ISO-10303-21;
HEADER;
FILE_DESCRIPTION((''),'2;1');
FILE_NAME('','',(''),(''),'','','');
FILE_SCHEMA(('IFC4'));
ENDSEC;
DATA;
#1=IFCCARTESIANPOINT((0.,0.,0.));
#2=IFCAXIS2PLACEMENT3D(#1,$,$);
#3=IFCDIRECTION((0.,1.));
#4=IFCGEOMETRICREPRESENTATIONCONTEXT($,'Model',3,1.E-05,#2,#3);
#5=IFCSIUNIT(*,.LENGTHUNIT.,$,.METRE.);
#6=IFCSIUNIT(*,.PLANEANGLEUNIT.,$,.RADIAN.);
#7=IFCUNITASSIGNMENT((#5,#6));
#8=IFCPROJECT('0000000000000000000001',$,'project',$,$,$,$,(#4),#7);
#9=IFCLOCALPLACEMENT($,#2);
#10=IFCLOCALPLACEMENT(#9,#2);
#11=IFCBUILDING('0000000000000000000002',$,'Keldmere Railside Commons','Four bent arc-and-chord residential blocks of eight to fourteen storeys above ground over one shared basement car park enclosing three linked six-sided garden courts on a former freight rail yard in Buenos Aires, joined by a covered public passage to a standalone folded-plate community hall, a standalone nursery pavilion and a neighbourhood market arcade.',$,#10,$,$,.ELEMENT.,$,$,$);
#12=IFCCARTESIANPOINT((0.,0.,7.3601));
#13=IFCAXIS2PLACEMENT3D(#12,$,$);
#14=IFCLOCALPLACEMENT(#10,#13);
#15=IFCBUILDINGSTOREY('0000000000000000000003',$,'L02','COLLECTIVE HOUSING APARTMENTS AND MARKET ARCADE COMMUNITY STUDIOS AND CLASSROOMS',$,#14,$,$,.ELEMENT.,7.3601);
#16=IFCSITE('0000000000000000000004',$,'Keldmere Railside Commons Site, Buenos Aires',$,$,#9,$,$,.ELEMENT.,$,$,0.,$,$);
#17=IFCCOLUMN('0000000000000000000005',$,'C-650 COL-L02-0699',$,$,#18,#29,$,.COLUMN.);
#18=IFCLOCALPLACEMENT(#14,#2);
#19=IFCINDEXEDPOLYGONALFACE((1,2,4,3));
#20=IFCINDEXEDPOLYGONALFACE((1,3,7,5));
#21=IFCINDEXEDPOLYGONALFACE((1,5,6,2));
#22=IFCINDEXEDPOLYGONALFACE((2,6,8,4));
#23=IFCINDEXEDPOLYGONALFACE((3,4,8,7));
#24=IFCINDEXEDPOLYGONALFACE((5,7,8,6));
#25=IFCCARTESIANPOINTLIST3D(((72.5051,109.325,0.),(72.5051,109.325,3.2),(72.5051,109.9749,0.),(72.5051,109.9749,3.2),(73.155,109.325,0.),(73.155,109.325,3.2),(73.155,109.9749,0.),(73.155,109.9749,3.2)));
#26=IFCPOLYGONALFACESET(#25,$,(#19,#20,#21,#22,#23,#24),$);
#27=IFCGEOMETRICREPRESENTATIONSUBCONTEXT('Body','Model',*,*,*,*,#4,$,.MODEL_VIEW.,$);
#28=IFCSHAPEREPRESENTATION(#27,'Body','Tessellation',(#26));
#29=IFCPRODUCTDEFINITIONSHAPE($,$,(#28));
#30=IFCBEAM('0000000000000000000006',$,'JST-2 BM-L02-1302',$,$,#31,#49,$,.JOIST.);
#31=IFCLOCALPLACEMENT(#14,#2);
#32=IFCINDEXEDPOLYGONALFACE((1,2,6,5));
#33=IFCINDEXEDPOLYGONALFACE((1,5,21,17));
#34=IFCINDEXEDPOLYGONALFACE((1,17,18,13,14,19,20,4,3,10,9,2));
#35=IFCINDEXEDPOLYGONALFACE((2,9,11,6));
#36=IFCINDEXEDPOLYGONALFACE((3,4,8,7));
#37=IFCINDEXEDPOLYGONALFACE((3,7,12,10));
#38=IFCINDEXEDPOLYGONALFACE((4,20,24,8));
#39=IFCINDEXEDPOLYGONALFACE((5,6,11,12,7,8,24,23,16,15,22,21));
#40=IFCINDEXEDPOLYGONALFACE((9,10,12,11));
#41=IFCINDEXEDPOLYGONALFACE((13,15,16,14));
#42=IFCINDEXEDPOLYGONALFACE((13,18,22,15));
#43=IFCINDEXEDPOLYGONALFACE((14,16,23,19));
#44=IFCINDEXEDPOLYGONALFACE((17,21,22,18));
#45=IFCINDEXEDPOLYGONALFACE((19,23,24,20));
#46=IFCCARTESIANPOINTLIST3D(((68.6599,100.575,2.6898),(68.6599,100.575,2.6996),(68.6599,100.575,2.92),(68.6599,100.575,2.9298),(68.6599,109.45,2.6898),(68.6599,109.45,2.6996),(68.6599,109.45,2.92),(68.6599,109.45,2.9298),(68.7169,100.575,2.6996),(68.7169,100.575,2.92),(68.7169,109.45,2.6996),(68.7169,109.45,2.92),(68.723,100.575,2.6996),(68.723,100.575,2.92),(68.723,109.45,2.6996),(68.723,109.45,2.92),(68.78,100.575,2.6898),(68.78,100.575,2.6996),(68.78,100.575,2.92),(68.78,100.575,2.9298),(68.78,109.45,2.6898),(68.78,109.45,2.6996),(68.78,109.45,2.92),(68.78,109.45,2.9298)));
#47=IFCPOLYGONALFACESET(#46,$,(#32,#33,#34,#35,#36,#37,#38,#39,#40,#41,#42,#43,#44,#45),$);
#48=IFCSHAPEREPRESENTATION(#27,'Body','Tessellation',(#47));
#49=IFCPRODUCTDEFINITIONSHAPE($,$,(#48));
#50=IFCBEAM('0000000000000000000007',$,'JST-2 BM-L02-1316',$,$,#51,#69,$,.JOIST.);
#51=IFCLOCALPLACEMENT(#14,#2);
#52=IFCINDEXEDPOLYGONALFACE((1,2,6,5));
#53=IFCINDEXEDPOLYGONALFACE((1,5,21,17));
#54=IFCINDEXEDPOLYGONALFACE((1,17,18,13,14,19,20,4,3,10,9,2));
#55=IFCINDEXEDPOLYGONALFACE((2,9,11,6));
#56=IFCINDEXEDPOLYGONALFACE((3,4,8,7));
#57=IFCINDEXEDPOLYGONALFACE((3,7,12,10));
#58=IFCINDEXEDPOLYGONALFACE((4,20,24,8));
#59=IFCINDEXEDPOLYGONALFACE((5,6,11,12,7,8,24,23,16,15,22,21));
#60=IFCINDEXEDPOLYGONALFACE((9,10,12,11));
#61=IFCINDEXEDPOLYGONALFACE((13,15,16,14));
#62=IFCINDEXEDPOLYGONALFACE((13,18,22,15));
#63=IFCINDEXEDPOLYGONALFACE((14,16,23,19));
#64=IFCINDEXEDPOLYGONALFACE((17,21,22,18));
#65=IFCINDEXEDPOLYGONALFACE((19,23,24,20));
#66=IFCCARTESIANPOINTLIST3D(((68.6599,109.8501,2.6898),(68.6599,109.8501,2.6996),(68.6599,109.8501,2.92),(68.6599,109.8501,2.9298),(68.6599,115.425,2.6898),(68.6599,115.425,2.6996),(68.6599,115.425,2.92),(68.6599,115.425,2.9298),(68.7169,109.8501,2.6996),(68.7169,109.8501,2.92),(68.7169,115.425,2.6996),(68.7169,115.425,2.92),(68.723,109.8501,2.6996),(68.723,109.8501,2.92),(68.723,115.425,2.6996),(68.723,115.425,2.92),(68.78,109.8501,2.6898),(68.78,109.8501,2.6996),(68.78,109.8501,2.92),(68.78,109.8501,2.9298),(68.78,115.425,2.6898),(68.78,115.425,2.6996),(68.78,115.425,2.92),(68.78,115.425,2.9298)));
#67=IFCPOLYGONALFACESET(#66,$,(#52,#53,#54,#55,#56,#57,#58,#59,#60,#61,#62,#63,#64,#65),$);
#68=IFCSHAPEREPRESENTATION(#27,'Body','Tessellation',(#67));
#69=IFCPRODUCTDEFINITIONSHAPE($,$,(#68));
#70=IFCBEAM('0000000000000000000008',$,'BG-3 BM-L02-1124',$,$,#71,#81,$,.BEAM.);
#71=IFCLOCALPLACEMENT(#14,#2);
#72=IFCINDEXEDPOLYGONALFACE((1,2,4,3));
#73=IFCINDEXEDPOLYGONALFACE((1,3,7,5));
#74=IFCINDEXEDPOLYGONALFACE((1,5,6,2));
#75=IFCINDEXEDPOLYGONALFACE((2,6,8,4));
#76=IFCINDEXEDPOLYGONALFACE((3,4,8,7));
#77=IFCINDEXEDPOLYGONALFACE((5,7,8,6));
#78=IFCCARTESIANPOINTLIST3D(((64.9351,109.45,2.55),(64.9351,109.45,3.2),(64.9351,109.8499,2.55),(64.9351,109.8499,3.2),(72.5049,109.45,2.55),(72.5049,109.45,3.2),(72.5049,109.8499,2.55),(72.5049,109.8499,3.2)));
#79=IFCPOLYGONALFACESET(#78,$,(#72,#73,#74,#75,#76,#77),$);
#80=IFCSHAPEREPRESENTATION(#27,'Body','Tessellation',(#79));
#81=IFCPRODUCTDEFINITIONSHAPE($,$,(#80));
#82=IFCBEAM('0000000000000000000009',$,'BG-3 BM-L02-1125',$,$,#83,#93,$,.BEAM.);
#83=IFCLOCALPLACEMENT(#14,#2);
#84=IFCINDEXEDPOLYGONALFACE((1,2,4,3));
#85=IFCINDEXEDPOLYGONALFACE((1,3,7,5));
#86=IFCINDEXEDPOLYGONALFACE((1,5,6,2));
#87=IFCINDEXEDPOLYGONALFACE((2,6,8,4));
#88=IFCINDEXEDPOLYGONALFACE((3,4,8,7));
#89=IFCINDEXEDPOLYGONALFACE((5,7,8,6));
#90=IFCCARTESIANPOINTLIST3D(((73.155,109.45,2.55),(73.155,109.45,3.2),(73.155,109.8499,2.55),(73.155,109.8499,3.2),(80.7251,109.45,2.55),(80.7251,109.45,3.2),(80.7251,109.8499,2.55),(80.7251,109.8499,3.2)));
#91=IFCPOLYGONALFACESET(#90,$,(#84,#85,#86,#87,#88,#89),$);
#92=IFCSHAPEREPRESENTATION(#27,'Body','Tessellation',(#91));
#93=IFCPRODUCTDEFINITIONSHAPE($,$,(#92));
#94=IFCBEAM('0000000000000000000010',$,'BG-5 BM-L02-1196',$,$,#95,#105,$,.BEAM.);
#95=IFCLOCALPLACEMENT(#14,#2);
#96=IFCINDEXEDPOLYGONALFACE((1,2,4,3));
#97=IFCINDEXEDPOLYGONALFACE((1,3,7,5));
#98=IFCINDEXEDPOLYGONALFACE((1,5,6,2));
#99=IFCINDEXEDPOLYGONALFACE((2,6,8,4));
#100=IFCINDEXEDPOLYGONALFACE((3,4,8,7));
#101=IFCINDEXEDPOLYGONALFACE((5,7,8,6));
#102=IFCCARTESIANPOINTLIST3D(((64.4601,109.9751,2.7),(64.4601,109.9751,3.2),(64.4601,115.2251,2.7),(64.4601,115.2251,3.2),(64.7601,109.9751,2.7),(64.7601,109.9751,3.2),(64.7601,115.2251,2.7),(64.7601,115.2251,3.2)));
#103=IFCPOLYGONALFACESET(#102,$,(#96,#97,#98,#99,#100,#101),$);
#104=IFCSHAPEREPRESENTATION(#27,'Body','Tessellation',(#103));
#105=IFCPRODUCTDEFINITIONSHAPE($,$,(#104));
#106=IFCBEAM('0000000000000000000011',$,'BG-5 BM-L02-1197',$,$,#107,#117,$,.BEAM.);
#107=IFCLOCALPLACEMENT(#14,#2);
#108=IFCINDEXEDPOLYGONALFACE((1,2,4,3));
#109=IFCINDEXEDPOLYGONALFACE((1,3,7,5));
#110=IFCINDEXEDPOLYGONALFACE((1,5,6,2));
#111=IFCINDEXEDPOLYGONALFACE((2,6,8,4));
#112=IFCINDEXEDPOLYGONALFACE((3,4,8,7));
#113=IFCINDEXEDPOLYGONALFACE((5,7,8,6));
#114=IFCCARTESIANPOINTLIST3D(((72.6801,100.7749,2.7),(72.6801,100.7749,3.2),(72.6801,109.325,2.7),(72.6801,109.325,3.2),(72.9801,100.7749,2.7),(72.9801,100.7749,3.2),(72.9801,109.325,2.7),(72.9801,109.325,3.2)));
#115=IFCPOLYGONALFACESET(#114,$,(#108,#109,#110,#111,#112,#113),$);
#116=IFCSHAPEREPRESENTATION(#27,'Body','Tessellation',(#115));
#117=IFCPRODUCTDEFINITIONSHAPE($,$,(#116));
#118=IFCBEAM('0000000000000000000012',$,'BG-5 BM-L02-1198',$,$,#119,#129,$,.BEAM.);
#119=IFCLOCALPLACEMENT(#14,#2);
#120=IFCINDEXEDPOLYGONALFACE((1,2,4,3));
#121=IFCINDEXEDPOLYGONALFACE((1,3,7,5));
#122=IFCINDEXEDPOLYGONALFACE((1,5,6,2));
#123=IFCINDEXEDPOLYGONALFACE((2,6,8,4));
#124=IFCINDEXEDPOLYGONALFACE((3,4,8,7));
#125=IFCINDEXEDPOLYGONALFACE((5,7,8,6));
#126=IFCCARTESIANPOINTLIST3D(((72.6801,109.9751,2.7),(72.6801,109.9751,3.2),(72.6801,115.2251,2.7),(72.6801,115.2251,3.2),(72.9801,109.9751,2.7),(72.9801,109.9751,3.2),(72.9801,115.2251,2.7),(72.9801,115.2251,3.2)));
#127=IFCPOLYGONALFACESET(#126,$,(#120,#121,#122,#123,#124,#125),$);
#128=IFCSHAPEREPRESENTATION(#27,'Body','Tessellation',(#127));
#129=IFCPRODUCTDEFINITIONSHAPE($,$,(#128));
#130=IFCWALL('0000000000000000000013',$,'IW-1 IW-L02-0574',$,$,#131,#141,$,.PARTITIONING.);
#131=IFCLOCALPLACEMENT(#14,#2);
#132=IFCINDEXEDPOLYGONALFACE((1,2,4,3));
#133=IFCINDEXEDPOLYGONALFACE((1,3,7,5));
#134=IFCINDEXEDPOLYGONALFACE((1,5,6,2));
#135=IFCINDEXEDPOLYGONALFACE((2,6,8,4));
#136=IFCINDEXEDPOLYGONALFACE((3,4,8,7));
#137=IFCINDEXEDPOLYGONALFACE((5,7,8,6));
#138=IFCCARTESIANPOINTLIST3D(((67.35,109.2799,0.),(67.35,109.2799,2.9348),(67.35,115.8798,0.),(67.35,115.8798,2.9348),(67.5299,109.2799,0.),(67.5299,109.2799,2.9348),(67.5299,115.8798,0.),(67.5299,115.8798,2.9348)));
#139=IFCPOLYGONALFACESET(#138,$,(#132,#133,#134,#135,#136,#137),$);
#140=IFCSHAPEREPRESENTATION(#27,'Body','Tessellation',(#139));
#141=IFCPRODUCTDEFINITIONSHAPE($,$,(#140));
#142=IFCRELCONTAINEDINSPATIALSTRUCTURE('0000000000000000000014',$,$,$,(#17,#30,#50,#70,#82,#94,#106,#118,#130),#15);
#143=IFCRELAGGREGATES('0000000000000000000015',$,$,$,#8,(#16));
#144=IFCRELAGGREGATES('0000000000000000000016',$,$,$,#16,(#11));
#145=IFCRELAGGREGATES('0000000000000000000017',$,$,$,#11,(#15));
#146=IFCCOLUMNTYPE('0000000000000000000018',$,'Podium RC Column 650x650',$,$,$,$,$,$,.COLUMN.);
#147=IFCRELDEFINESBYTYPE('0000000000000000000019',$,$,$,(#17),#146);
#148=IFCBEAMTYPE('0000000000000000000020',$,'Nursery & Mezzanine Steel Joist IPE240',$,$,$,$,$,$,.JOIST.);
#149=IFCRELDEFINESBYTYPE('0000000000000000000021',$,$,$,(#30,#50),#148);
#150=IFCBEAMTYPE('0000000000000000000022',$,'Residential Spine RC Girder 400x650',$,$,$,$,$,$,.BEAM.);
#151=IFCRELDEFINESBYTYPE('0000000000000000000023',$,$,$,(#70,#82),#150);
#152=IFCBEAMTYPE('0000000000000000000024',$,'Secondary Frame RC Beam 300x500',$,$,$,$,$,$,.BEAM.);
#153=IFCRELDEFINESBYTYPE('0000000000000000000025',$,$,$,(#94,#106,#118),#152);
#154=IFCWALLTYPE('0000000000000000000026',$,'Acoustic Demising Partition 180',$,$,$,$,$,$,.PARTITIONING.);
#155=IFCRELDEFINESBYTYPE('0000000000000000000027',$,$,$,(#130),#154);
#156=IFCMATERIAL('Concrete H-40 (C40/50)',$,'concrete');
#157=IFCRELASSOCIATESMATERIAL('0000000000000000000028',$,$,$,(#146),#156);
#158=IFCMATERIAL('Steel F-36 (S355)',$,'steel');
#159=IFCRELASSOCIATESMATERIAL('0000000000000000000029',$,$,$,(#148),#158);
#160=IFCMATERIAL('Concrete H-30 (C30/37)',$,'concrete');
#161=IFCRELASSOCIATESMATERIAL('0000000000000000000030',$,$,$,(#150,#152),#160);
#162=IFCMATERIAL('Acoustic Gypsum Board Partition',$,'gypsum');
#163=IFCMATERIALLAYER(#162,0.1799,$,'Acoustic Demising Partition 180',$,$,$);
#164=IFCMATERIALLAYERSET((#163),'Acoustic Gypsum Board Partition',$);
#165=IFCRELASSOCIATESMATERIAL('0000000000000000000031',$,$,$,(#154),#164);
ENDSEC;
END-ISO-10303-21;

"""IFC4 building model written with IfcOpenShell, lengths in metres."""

from ifc_helpers import new_model, si_unit, direction, frame, frame_2d, origin, origin_2d, place, context, subcontext, project, spatial, rectangle, i_section, extrude, material, layer, layer_set, material_profile, profile_set, type_object, element, save


model = new_model("IFC4")

# Units and contexts
model_context = context("Model", 3, precision=1e-05, world=origin(), true_north=direction((0.0, 1.0)))
body_context = subcontext(model_context, "Body", "Model", "MODEL_VIEW")
ifc_project = project(units=[si_unit("LENGTHUNIT", "METRE"), si_unit("PLANEANGLEUNIT", "RADIAN")], contexts=[model_context])

# Site, building, storey
site_placement = place(None, origin())
site = spatial("IfcSite", under=ifc_project, at=site_placement, Name="Keldmere Railside Commons Site, Buenos Aires", CompositionType="ELEMENT", RefElevation=0.0)
building_placement = place(site_placement, origin())
building = spatial("IfcBuilding", under=site, at=building_placement, Name="Keldmere Railside Commons", Description="Four bent arc-and-chord residential blocks of eight to fourteen storeys above ground over one shared basement car park enclosing three linked six-sided garden courts on a former freight rail yard in Buenos Aires, joined by a covered public passage to a standalone folded-plate community hall, a standalone nursery pavilion and a neighbourhood market arcade.", CompositionType="ELEMENT")
storey_placement = place(building_placement, frame((0.0, 0.0, 7.3601)))
storey = spatial("IfcBuildingStorey", under=building, at=storey_placement, Name="L02", Description="COLLECTIVE HOUSING APARTMENTS AND MARKET ARCADE COMMUNITY STUDIOS AND CLASSROOMS", CompositionType="ELEMENT", Elevation=7.3601)

# Column
ifc_material_1 = material(Name="Concrete H-40 (C40/50)", Category="concrete")
ifc_material_profile_1 = material_profile(ifc_material_1, rectangle(XDim=0.6499, YDim=0.6499, at=origin_2d()), Name="RC-650x650")
ifc_profile_set_1 = profile_set([ifc_material_profile_1], Name="Concrete H-40 (C40/50)")
column_type = type_object("IfcColumnType", Name="Podium RC Column 650x650", PredefinedType="COLUMN", material=ifc_profile_set_1)
column_placement = place(storey_placement, frame((72.8301, 109.6499, 0.0), z_axis=(0.0, 0.0, 1.0), x_axis=(1.0, 0.0, 0.0)))
element("IfcColumn", 1, at=column_placement, inside=storey, type_object=column_type, Name="C-650 COL-L02-0699", PredefinedType="COLUMN", context=body_context, shape_type="SweptSolid", body=[
    extrude(rectangle(XDim=0.6499, YDim=0.6499, at=origin_2d()), origin(), (0.0, 0.0, 1.0), 3.2),
])

# Beams
ifc_material_2 = material(Name="Steel F-36 (S355)", Category="steel")
ifc_material_profile_2 = material_profile(ifc_material_2, i_section(OverallWidth=0.1201, OverallDepth=0.24, WebThickness=0.0061, FlangeThickness=0.0098, at=origin_2d()), Name="IPE-240")
ifc_profile_set_2 = profile_set([ifc_material_profile_2], Name="Steel F-36 (S355)")
beam_type_1 = type_object("IfcBeamType", Name="Nursery & Mezzanine Steel Joist IPE240", PredefinedType="JOIST", material=ifc_profile_set_2)
beam_1_placement = place(storey_placement, frame((68.72, 100.575, 2.8098), z_axis=(0.0, 1.0, 0.0), x_axis=(-1.0, 0.0, 0.0)))
element("IfcBeam", 2, at=beam_1_placement, inside=storey, type_object=beam_type_1, Name="JST-2 BM-L02-1302", PredefinedType="JOIST", context=body_context, shape_type="SweptSolid", body=[
    extrude(i_section(OverallWidth=0.1201, OverallDepth=0.24, WebThickness=0.0061, FlangeThickness=0.0098, at=origin_2d()), origin(), (0.0, 0.0, 1.0), 8.875),
])
beam_2_placement = place(storey_placement, frame((68.72, 109.8501, 2.8098), z_axis=(0.0, 1.0, 0.0), x_axis=(-1.0, 0.0, 0.0)))
element("IfcBeam", 3, at=beam_2_placement, inside=storey, type_object=beam_type_1, Name="JST-2 BM-L02-1316", PredefinedType="JOIST", context=body_context, shape_type="SweptSolid", body=[
    extrude(i_section(OverallWidth=0.1201, OverallDepth=0.24, WebThickness=0.0061, FlangeThickness=0.0098, at=origin_2d()), origin(), (0.0, 0.0, 1.0), 5.575),
])
ifc_material_3 = material(Name="Concrete H-30 (C30/37)", Category="concrete")
ifc_material_profile_3 = material_profile(ifc_material_3, rectangle(XDim=0.3999, YDim=0.6499, at=origin_2d()), Name="RC-400x650")
ifc_profile_set_3 = profile_set([ifc_material_profile_3], Name="Concrete H-30 (C30/37)")
beam_type_2 = type_object("IfcBeamType", Name="Residential Spine RC Girder 400x650", PredefinedType="BEAM", material=ifc_profile_set_3)
beam_3_placement = place(storey_placement, frame((64.9351, 109.6499, 2.875), z_axis=(1.0, 0.0, 0.0), x_axis=(0.0, 1.0, 0.0)))
element("IfcBeam", 4, at=beam_3_placement, inside=storey, type_object=beam_type_2, Name="BG-3 BM-L02-1124", PredefinedType="BEAM", context=body_context, shape_type="SweptSolid", body=[
    extrude(rectangle(XDim=0.3999, YDim=0.6499, at=origin_2d()), origin(), (0.0, 0.0, 1.0), 7.5698),
])
beam_4_placement = place(storey_placement, frame((73.155, 109.6499, 2.875), z_axis=(1.0, 0.0, 0.0), x_axis=(0.0, 1.0, 0.0)))
element("IfcBeam", 5, at=beam_4_placement, inside=storey, type_object=beam_type_2, Name="BG-3 BM-L02-1125", PredefinedType="BEAM", context=body_context, shape_type="SweptSolid", body=[
    extrude(rectangle(XDim=0.3999, YDim=0.6499, at=origin_2d()), origin(), (0.0, 0.0, 1.0), 7.5701),
])
ifc_material_profile_4 = material_profile(ifc_material_3, rectangle(XDim=0.3, YDim=0.5, at=origin_2d()), Name="RC-300x500")
ifc_profile_set_4 = profile_set([ifc_material_profile_4], Name="Concrete H-30 (C30/37)")
beam_type_3 = type_object("IfcBeamType", Name="Secondary Frame RC Beam 300x500", PredefinedType="BEAM", material=ifc_profile_set_4)
beam_5_placement = place(storey_placement, frame((64.6101, 109.9751, 2.95), z_axis=(0.0, 1.0, 0.0), x_axis=(-1.0, 0.0, 0.0)))
element("IfcBeam", 6, at=beam_5_placement, inside=storey, type_object=beam_type_3, Name="BG-5 BM-L02-1196", PredefinedType="BEAM", context=body_context, shape_type="SweptSolid", body=[
    extrude(rectangle(XDim=0.3, YDim=0.5, at=origin_2d()), origin(), (0.0, 0.0, 1.0), 5.25),
])
beam_6_placement = place(storey_placement, frame((72.8301, 100.7749, 2.95), z_axis=(0.0, 1.0, 0.0), x_axis=(-1.0, 0.0, 0.0)))
element("IfcBeam", 7, at=beam_6_placement, inside=storey, type_object=beam_type_3, Name="BG-5 BM-L02-1197", PredefinedType="BEAM", context=body_context, shape_type="SweptSolid", body=[
    extrude(rectangle(XDim=0.3, YDim=0.5, at=origin_2d()), origin(), (0.0, 0.0, 1.0), 8.55),
])
beam_7_placement = place(storey_placement, frame((72.8301, 109.9751, 2.95), z_axis=(0.0, 1.0, 0.0), x_axis=(-1.0, 0.0, 0.0)))
element("IfcBeam", 8, at=beam_7_placement, inside=storey, type_object=beam_type_3, Name="BG-5 BM-L02-1198", PredefinedType="BEAM", context=body_context, shape_type="SweptSolid", body=[
    extrude(rectangle(XDim=0.3, YDim=0.5, at=origin_2d()), origin(), (0.0, 0.0, 1.0), 5.25),
])

# Wall
ifc_material_4 = material(Name="Acoustic Gypsum Board Partition", Category="gypsum")
ifc_layer_1 = layer(ifc_material_4, 0.1799, Name="Acoustic Demising Partition 180")
ifc_layer_set_1 = layer_set([ifc_layer_1], Name="Acoustic Gypsum Board Partition")
wall_type_1 = type_object("IfcWallType", Name="Acoustic Demising Partition 180", PredefinedType="PARTITIONING", material=ifc_layer_set_1)
wall_1_placement = place(storey_placement, frame((67.4399, 109.28, 0.0), z_axis=(0.0, 0.0, 1.0), x_axis=(0.0, 1.0, 0.0)))
element("IfcWall", 9, at=wall_1_placement, inside=storey, type_object=wall_type_1, Name="IW-1 IW-L02-0574", PredefinedType="PARTITIONING", context=body_context, shape_type="SweptSolid", body=[
    extrude(rectangle(XDim=6.5999, YDim=0.1799, at=frame_2d((3.2998, 0.0))), origin(), (0.0, 0.0, 1.0), 2.9348),
])

save(model, "model.ifc")
